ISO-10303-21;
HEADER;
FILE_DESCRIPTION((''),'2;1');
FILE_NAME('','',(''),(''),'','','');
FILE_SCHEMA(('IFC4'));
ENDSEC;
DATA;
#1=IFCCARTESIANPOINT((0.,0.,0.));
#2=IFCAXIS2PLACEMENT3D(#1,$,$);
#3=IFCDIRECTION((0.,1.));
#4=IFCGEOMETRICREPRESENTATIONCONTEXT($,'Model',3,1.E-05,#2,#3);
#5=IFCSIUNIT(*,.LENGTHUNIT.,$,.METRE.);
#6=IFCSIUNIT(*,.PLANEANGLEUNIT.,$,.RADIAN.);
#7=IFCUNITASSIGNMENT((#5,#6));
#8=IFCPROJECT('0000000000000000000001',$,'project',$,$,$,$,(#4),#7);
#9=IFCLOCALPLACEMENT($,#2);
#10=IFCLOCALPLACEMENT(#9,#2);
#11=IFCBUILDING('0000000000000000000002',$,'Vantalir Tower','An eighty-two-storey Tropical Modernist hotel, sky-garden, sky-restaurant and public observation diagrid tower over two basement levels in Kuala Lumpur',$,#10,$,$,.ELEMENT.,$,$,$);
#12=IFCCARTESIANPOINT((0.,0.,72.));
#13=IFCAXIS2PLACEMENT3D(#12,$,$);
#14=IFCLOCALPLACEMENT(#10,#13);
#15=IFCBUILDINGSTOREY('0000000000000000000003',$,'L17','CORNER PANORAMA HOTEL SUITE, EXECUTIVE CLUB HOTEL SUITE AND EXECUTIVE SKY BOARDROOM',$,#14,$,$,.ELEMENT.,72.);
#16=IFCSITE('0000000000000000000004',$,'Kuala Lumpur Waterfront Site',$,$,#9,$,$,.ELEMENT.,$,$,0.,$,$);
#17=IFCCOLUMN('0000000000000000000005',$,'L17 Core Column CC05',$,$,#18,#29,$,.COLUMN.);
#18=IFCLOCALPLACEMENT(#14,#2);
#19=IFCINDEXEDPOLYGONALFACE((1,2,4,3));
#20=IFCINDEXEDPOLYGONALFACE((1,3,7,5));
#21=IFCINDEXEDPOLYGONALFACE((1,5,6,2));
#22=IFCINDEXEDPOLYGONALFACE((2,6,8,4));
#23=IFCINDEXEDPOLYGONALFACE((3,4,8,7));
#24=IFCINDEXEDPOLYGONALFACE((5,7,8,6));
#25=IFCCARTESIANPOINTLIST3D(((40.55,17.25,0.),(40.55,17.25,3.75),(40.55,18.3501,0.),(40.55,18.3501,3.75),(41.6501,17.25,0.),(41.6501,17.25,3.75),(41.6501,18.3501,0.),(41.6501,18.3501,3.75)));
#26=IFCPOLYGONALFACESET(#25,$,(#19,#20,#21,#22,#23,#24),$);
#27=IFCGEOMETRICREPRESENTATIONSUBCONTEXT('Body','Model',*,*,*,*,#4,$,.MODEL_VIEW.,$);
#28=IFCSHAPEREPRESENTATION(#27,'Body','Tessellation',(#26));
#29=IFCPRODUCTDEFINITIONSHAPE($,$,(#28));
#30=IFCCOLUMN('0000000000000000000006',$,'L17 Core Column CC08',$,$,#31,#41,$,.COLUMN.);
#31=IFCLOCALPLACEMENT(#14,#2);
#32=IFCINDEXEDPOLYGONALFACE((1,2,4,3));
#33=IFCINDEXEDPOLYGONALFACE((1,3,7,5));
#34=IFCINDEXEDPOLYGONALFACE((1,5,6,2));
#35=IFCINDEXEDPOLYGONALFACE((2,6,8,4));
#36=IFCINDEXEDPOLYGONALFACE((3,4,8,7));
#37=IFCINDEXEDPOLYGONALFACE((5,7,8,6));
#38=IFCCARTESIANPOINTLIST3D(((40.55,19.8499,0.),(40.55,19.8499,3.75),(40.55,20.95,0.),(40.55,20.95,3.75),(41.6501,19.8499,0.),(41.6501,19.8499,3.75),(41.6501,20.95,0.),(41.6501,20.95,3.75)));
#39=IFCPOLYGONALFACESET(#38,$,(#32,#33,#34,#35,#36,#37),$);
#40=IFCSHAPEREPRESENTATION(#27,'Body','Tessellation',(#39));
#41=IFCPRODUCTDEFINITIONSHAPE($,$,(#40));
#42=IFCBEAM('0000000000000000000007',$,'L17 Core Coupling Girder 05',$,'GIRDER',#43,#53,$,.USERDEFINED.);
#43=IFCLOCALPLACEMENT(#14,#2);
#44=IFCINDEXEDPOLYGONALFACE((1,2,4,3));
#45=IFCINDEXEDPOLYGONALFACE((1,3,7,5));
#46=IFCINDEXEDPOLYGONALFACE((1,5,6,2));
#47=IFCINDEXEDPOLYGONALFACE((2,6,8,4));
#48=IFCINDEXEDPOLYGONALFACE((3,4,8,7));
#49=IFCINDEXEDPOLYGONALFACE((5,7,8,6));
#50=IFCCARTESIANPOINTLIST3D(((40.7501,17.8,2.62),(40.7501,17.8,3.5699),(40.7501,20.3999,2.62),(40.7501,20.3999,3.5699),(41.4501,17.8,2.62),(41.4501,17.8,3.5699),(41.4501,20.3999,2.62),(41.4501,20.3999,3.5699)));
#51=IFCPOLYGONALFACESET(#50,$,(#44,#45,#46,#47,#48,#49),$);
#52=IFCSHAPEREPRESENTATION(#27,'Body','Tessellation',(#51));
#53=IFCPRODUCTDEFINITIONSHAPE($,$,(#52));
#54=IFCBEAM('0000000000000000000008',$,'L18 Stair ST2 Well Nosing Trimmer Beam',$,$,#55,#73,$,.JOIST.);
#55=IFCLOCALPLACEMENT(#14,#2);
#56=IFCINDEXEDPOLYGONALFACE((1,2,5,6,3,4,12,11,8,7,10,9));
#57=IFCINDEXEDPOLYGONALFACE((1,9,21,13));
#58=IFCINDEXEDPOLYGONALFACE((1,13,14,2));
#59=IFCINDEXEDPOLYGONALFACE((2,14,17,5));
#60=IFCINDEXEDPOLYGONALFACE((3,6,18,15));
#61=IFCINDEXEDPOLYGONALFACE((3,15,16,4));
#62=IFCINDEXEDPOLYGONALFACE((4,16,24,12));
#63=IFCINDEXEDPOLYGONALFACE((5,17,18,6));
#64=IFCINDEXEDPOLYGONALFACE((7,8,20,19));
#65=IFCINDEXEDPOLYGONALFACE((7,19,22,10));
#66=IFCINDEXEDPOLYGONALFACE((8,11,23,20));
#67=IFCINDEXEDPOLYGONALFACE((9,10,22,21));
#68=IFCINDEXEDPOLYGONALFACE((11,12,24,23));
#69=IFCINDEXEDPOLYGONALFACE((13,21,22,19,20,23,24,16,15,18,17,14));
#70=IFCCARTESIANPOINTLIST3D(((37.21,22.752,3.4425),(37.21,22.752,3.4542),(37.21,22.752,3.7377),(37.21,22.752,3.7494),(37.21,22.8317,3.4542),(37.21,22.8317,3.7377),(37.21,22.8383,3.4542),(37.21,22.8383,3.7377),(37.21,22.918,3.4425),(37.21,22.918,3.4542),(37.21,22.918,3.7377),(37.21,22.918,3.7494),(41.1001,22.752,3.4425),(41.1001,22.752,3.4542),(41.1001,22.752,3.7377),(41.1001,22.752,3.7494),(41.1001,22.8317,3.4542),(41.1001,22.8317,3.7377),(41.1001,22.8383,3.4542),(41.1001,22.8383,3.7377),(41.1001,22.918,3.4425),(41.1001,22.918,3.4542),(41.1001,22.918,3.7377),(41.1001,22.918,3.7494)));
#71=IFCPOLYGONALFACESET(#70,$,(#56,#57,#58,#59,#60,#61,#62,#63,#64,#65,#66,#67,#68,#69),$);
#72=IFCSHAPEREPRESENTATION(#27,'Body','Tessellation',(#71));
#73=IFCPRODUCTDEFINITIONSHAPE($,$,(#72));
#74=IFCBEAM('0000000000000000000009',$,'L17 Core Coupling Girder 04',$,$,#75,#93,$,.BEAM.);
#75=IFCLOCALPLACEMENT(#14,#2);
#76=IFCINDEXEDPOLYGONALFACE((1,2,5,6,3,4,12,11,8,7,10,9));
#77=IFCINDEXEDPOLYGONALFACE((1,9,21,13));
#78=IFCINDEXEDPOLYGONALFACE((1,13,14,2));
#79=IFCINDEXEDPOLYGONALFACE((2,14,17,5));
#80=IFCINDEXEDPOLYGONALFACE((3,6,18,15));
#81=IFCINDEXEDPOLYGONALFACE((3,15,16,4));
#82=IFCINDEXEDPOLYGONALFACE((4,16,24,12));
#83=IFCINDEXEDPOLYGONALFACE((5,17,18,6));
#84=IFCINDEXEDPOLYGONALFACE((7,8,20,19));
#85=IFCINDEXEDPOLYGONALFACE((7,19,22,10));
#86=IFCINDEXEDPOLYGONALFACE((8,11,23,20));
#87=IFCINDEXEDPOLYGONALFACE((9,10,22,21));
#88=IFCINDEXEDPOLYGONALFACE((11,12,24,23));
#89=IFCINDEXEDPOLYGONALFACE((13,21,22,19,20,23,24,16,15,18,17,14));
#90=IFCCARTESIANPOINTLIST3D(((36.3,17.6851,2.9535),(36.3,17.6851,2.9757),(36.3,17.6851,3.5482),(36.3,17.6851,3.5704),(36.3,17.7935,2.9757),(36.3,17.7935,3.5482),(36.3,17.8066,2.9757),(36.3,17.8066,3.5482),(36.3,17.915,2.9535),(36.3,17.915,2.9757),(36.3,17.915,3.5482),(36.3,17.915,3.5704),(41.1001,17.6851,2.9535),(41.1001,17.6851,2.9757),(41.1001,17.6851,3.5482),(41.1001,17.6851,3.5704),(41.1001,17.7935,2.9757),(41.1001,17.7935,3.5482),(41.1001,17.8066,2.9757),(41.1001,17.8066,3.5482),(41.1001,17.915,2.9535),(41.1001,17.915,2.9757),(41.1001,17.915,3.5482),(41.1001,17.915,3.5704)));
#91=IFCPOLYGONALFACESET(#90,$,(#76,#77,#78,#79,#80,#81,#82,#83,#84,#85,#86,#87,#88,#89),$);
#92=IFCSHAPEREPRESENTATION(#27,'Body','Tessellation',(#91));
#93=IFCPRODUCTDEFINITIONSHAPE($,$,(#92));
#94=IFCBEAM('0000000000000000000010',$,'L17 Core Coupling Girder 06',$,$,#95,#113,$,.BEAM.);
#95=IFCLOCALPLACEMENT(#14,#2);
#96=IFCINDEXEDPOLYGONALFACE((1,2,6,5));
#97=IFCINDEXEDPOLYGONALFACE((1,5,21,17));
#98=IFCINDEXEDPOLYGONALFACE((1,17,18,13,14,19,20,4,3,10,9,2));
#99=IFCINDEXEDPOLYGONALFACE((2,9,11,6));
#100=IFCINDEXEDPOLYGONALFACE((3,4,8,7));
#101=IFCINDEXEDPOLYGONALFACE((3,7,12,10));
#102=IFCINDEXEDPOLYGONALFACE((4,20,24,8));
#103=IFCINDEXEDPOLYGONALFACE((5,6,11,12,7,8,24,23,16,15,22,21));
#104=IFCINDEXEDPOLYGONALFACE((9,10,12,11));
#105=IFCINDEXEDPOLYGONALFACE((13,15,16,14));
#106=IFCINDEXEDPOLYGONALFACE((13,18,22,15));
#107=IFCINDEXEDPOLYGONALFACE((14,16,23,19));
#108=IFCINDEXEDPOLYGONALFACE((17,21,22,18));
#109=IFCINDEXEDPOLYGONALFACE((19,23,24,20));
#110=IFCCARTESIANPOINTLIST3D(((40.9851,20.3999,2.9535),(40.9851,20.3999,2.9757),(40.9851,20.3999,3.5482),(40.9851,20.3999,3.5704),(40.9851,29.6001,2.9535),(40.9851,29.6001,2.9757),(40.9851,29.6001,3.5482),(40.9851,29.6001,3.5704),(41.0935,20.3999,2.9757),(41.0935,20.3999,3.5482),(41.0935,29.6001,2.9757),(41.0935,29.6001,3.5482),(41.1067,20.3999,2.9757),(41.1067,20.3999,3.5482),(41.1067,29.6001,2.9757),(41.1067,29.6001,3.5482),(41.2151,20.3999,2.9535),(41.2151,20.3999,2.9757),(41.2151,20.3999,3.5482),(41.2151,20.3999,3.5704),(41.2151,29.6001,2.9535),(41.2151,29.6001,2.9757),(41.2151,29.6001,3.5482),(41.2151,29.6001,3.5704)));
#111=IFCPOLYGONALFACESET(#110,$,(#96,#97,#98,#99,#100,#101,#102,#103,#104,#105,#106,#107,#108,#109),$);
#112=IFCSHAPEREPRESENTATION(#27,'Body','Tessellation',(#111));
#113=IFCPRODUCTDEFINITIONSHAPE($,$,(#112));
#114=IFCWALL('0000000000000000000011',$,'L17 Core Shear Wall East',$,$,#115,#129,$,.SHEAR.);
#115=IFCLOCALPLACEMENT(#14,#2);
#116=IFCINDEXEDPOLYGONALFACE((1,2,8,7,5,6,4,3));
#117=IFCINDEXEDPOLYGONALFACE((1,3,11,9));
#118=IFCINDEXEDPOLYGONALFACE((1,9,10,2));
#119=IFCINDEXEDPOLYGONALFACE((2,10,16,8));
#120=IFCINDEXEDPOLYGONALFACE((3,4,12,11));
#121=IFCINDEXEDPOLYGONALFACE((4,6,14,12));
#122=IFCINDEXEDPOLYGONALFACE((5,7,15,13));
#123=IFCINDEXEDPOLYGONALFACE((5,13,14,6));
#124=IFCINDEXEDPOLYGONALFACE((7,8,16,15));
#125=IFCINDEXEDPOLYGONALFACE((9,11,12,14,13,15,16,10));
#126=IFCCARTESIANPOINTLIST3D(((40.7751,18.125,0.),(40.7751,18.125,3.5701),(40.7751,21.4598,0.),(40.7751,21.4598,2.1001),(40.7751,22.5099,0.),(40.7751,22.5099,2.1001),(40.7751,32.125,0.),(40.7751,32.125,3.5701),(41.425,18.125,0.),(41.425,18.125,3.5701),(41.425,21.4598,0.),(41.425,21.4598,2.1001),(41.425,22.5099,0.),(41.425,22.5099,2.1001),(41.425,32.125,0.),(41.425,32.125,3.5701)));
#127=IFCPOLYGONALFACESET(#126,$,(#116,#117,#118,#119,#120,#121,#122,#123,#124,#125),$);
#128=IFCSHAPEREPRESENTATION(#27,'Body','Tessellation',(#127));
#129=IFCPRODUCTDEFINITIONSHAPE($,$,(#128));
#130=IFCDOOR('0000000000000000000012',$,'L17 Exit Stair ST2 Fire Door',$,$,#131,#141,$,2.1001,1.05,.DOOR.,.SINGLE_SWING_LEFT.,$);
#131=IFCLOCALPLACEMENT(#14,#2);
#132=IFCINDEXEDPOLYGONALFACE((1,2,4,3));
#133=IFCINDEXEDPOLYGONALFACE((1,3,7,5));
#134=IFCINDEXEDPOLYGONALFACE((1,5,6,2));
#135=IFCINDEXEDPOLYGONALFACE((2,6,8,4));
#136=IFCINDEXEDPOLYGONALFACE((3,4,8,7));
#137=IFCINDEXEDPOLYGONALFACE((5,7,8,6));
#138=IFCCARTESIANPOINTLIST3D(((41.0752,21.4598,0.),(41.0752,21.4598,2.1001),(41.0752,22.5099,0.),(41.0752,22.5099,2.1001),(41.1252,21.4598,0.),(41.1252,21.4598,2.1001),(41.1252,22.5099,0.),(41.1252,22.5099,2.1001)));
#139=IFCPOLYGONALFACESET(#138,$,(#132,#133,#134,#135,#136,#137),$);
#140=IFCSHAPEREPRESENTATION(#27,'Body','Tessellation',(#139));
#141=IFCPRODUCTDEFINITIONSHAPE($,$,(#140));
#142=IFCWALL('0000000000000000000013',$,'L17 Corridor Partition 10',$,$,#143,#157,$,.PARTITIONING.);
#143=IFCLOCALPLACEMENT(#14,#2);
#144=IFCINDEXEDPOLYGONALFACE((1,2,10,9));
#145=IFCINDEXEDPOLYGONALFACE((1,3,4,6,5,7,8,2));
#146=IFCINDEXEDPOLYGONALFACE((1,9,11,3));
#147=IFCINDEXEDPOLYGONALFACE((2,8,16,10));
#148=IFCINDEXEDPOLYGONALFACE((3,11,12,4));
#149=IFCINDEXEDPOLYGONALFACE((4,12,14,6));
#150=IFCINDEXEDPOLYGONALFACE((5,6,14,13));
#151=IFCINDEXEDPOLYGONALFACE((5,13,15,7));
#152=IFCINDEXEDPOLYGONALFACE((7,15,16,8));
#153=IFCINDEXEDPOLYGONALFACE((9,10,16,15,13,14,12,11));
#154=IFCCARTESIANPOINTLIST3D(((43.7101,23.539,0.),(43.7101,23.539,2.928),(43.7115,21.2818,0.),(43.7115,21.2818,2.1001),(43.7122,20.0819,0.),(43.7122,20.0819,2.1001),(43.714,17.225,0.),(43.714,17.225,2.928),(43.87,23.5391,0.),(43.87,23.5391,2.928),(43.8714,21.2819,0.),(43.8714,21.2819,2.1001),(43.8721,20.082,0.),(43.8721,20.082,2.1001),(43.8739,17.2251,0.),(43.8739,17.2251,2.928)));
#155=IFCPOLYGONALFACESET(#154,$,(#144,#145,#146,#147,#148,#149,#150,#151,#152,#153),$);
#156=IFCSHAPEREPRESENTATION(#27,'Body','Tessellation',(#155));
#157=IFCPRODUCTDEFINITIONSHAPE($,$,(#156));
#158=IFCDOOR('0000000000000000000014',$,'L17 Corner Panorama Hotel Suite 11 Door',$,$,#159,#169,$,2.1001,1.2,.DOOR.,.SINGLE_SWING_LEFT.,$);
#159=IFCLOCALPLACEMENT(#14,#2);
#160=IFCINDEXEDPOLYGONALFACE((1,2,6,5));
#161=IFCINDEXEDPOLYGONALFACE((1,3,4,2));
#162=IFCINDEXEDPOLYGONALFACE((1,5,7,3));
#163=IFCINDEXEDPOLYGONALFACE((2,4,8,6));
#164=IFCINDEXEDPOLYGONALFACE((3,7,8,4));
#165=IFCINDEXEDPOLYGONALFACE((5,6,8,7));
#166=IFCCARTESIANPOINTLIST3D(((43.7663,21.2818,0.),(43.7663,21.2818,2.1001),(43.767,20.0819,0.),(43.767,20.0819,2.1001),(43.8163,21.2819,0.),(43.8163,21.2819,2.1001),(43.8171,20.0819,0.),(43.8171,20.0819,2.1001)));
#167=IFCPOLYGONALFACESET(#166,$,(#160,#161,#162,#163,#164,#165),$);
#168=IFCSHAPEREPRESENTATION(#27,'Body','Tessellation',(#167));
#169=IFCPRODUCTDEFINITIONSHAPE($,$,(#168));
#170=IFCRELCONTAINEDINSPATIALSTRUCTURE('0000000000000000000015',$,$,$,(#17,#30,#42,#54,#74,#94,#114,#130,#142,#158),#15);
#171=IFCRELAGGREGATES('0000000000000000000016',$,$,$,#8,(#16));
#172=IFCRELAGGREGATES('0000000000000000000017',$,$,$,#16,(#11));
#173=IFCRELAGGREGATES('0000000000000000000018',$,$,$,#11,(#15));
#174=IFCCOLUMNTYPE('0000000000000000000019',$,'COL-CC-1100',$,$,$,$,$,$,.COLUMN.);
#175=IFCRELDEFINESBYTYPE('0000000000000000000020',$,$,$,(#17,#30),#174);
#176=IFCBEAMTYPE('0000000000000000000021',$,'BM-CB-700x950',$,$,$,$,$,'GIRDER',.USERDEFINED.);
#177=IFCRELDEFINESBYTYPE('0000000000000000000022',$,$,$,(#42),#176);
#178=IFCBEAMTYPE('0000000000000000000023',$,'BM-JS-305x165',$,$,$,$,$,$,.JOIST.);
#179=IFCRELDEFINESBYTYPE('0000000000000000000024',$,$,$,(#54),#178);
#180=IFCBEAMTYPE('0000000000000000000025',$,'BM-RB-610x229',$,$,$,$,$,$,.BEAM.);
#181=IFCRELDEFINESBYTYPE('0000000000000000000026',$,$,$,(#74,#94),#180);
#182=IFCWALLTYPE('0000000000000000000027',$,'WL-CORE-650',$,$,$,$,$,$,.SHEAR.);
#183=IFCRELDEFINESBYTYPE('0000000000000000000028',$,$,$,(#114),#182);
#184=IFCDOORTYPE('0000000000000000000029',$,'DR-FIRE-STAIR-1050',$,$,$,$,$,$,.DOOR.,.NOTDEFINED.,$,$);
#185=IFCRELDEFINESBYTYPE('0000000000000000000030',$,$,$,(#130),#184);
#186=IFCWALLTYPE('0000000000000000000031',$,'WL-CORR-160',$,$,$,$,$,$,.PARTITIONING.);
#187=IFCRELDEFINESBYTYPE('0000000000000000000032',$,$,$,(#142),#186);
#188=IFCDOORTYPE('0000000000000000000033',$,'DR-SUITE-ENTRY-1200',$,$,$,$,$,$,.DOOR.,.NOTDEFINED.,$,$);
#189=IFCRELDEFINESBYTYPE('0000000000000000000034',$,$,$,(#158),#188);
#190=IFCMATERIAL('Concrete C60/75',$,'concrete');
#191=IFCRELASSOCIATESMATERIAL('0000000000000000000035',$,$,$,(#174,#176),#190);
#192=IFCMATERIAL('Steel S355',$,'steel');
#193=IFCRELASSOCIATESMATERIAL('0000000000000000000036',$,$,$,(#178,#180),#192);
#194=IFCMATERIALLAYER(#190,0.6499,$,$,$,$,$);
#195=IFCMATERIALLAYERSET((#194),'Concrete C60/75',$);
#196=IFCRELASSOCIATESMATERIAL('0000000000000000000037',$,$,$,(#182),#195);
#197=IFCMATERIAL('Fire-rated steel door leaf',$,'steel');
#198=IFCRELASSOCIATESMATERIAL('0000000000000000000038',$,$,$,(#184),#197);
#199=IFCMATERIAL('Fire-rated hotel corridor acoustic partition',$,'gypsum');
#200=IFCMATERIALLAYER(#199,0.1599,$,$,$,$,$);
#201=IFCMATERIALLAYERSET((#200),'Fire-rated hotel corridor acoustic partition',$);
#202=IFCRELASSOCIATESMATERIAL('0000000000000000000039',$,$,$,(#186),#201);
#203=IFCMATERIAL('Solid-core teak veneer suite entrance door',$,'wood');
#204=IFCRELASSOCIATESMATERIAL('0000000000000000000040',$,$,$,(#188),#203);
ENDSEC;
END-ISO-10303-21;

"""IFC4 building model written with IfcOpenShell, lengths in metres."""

from ifc_helpers import new_model, si_unit, direction, frame, frame_2d, origin, origin_2d, place, context, subcontext, project, spatial, rectangle, i_section, extrude, material, layer, layer_set, material_profile, profile_set, type_object, element, fill, save


model = new_model("IFC4")

# Units and contexts
model_context = context("Model", 3, precision=1e-05, world=origin(), true_north=direction((0.0, 1.0)))
body_context = subcontext(model_context, "Body", "Model", "MODEL_VIEW")
ifc_project = project(units=[si_unit("LENGTHUNIT", "METRE"), si_unit("PLANEANGLEUNIT", "RADIAN")], contexts=[model_context])

# Site, building, storey
site_placement = place(None, origin())
site = spatial("IfcSite", under=ifc_project, at=site_placement, Name="Kuala Lumpur Waterfront Site", CompositionType="ELEMENT", RefElevation=0.0)
building_placement = place(site_placement, origin())
building = spatial("IfcBuilding", under=site, at=building_placement, Name="Vantalir Tower", Description="An eighty-two-storey Tropical Modernist hotel, sky-garden, sky-restaurant and public observation diagrid tower over two basement levels in Kuala Lumpur", CompositionType="ELEMENT")
storey_placement = place(building_placement, frame((0.0, 0.0, 72.0)))
storey = spatial("IfcBuildingStorey", under=building, at=storey_placement, Name="L17", Description="CORNER PANORAMA HOTEL SUITE, EXECUTIVE CLUB HOTEL SUITE AND EXECUTIVE SKY BOARDROOM", CompositionType="ELEMENT", Elevation=72.0)

# Columns
ifc_material_1 = material(Name="Concrete C60/75", Category="concrete")
ifc_material_profile_1 = material_profile(ifc_material_1, rectangle(XDim=1.1001, YDim=1.1001, at=origin_2d()), Name="Concrete C60/75")
ifc_profile_set_1 = profile_set([ifc_material_profile_1], Name="Concrete C60/75")
column_type = type_object("IfcColumnType", Name="COL-CC-1100", PredefinedType="COLUMN", material=ifc_profile_set_1)
for number, where, z_axis, x_axis, name in (
    (1, (41.1001, 17.8, 0.0), (0.0, 0.0, 1.0), (1.0, 0.0, 0.0), "L17 Core Column CC05"),
    (2, (41.1001, 20.3999, 0.0), (0.0, 0.0, 1.0), (1.0, 0.0, 0.0), "L17 Core Column CC08"),
):
    element("IfcColumn", number, at=place(storey_placement, frame(where, z_axis=z_axis, x_axis=x_axis)), inside=storey, type_object=column_type, Name=name, PredefinedType="COLUMN", context=body_context, shape_type="SweptSolid", body=[
        extrude(rectangle(XDim=1.1001, YDim=1.1001, at=origin_2d()), origin(), (0.0, 0.0, 1.0), 3.75),
    ])

# Beams
ifc_material_profile_2 = material_profile(ifc_material_1, rectangle(XDim=0.7, YDim=0.95, at=origin_2d()), Name="Concrete C60/75")
ifc_profile_set_2 = profile_set([ifc_material_profile_2], Name="Concrete C60/75")
beam_type_1 = type_object("IfcBeamType", Name="BM-CB-700x950", ElementType="GIRDER", PredefinedType="USERDEFINED", material=ifc_profile_set_2)
beam_1_placement = place(storey_placement, frame((41.1001, 17.8, 3.095), z_axis=(0.0, 1.0, 0.0), x_axis=(-1.0, 0.0, 0.0)))
element("IfcBeam", 3, at=beam_1_placement, inside=storey, type_object=beam_type_1, Name="L17 Core Coupling Girder 05", ObjectType="GIRDER", PredefinedType="USERDEFINED", context=body_context, shape_type="SweptSolid", body=[
    extrude(rectangle(XDim=0.7, YDim=0.95, at=origin_2d()), origin(), (0.0, 0.0, 1.0), 2.5999),
])
ifc_material_2 = material(Name="Steel S355", Category="steel")
ifc_material_profile_3 = material_profile(ifc_material_2, i_section(OverallWidth=0.166, OverallDepth=0.3069, WebThickness=0.0066, FlangeThickness=0.0117, at=origin_2d()), Name="Steel S355")
ifc_profile_set_3 = profile_set([ifc_material_profile_3], Name="Steel S355")
beam_type_2 = type_object("IfcBeamType", Name="BM-JS-305x165", PredefinedType="JOIST", material=ifc_profile_set_3)
beam_2_placement = place(storey_placement, frame((37.21, 22.835, 3.5959), z_axis=(1.0, 0.0, 0.0), x_axis=(0.0, 1.0, 0.0)))
element("IfcBeam", 4, at=beam_2_placement, inside=storey, type_object=beam_type_2, Name="L18 Stair ST2 Well Nosing Trimmer Beam", PredefinedType="JOIST", context=body_context, shape_type="SweptSolid", body=[
    extrude(i_section(OverallWidth=0.166, OverallDepth=0.3069, WebThickness=0.0066, FlangeThickness=0.0117, at=origin_2d()), origin(), (0.0, 0.0, 1.0), 3.8901),
])
ifc_material_profile_4 = material_profile(ifc_material_2, i_section(OverallWidth=0.23, OverallDepth=0.6169, WebThickness=0.0132, FlangeThickness=0.0222, at=origin_2d()), Name="Steel S355")
ifc_profile_set_4 = profile_set([ifc_material_profile_4], Name="Steel S355")
beam_type_3 = type_object("IfcBeamType", Name="BM-RB-610x229", PredefinedType="BEAM", material=ifc_profile_set_4)
beam_3_placement = place(storey_placement, frame((36.3, 17.8, 3.262), z_axis=(1.0, 0.0, 0.0), x_axis=(0.0, 1.0, 0.0)))
element("IfcBeam", 5, at=beam_3_placement, inside=storey, type_object=beam_type_3, Name="L17 Core Coupling Girder 04", PredefinedType="BEAM", context=body_context, shape_type="SweptSolid", body=[
    extrude(i_section(OverallWidth=0.23, OverallDepth=0.6169, WebThickness=0.0132, FlangeThickness=0.0222, at=origin_2d()), origin(), (0.0, 0.0, 1.0), 4.8),
])
beam_4_placement = place(storey_placement, frame((41.1001, 20.3999, 3.262), z_axis=(0.0, 1.0, 0.0), x_axis=(-1.0, 0.0, 0.0)))
element("IfcBeam", 6, at=beam_4_placement, inside=storey, type_object=beam_type_3, Name="L17 Core Coupling Girder 06", PredefinedType="BEAM", context=body_context, shape_type="SweptSolid", body=[
    extrude(i_section(OverallWidth=0.23, OverallDepth=0.6169, WebThickness=0.0132, FlangeThickness=0.0222, at=origin_2d()), origin(), (0.0, 0.0, 1.0), 9.2002),
])

# Walls, openings, doors
ifc_layer_1 = layer(ifc_material_1, 0.6499)
ifc_layer_set_1 = layer_set([ifc_layer_1], Name="Concrete C60/75")
wall_type_1 = type_object("IfcWallType", Name="WL-CORE-650", PredefinedType="SHEAR", material=ifc_layer_set_1)
wall_1_placement = place(storey_placement, frame((41.1001, 18.125, 0.0), z_axis=(0.0, 0.0, 1.0), x_axis=(0.0, 1.0, 0.0)))
wall_1 = element("IfcWall", 7, at=wall_1_placement, inside=storey, type_object=wall_type_1, Name="L17 Core Shear Wall East", PredefinedType="SHEAR", context=body_context, shape_type="SweptSolid", body=[
    extrude(rectangle(XDim=14.0, YDim=0.6499, at=frame_2d((7.0, 0.0))), origin(), (0.0, 0.0, 1.0), 3.5701),
])
opening_1_placement = place(wall_1_placement, frame((3.335, 0.0, 0.0)))
opening_1 = element("IfcOpeningElement", 8, at=opening_1_placement, cuts=wall_1, PredefinedType="OPENING", context=body_context, shape_type="SweptSolid", body=[
    extrude(rectangle(XDim=1.05, YDim=2.1001, at=frame_2d((0.5249, 1.05))), frame((0.0, 0.335, 0.0), z_axis=(0.0, -1.0, 0.0), x_axis=(1.0, 0.0, 0.0)), (0.0, 0.0, 1.0), 0.6699),
])
ifc_material_3 = material(Name="Fire-rated steel door leaf", Category="steel")
door_type_1 = type_object("IfcDoorType", Name="DR-FIRE-STAIR-1050", OperationType="NOTDEFINED", PredefinedType="DOOR", material=ifc_material_3)
door_1_placement = place(opening_1_placement, origin())
door_1 = element("IfcDoor", 9, at=door_1_placement, inside=storey, type_object=door_type_1, Name="L17 Exit Stair ST2 Fire Door", OperationType="SINGLE_SWING_LEFT", OverallHeight=2.1001, OverallWidth=1.05, PredefinedType="DOOR", context=body_context, shape_type="SweptSolid", body=[
    extrude(rectangle(XDim=1.05, YDim=2.1001, at=frame_2d((0.5249, 1.05))), frame((0.0, 0.0249, 0.0), z_axis=(0.0, -1.0, 0.0), x_axis=(1.0, 0.0, 0.0)), (0.0, 0.0, 1.0), 0.05),
])
fill(opening_1, door_1)
ifc_material_4 = material(Name="Fire-rated hotel corridor acoustic partition", Category="gypsum")
ifc_layer_2 = layer(ifc_material_4, 0.1599)
ifc_layer_set_2 = layer_set([ifc_layer_2], Name="Fire-rated hotel corridor acoustic partition")
wall_type_2 = type_object("IfcWallType", Name="WL-CORR-160", PredefinedType="PARTITIONING", material=ifc_layer_set_2)
wall_2_placement = place(storey_placement, frame((43.79, 23.5391, 0.0), z_axis=(0.0, 0.0, 1.0), x_axis=(0.000619, -1.0, 0.0)))
wall_2 = element("IfcWall", 10, at=wall_2_placement, inside=storey, type_object=wall_type_2, Name="L17 Corridor Partition 10", PredefinedType="PARTITIONING", context=body_context, shape_type="SweptSolid", body=[
    extrude(rectangle(XDim=6.314, YDim=0.1599, at=frame_2d((3.157, 0.0))), origin(), (0.0, 0.0, 1.0), 2.928),
])
opening_2_placement = place(wall_2_placement, frame((2.2571, 0.0, 0.0)))
opening_2 = element("IfcOpeningElement", 11, at=opening_2_placement, cuts=wall_2, PredefinedType="OPENING", context=body_context, shape_type="SweptSolid", body=[
    extrude(rectangle(XDim=1.2, YDim=2.1001, at=frame_2d((0.6001, 1.05))), frame((0.0, 0.0898, 0.0), z_axis=(0.0, -1.0, 0.0), x_axis=(1.0, 0.0, 0.0)), (0.0, 0.0, 1.0), 0.1799),
])
ifc_material_5 = material(Name="Solid-core teak veneer suite entrance door", Category="wood")
door_type_2 = type_object("IfcDoorType", Name="DR-SUITE-ENTRY-1200", OperationType="NOTDEFINED", PredefinedType="DOOR", material=ifc_material_5)
door_2_placement = place(opening_2_placement, origin())
door_2 = element("IfcDoor", 12, at=door_2_placement, inside=storey, type_object=door_type_2, Name="L17 Corner Panorama Hotel Suite 11 Door", OperationType="SINGLE_SWING_LEFT", OverallHeight=2.1001, OverallWidth=1.2, PredefinedType="DOOR", context=body_context, shape_type="SweptSolid", body=[
    extrude(rectangle(XDim=1.2, YDim=2.1001, at=frame_2d((0.6001, 1.05))), frame((0.0, 0.0249, 0.0), z_axis=(0.0, -1.0, 0.0), x_axis=(1.0, 0.0, 0.0)), (0.0, 0.0, 1.0), 0.05),
])
fill(opening_2, door_2)

save(model, "model.ifc")
